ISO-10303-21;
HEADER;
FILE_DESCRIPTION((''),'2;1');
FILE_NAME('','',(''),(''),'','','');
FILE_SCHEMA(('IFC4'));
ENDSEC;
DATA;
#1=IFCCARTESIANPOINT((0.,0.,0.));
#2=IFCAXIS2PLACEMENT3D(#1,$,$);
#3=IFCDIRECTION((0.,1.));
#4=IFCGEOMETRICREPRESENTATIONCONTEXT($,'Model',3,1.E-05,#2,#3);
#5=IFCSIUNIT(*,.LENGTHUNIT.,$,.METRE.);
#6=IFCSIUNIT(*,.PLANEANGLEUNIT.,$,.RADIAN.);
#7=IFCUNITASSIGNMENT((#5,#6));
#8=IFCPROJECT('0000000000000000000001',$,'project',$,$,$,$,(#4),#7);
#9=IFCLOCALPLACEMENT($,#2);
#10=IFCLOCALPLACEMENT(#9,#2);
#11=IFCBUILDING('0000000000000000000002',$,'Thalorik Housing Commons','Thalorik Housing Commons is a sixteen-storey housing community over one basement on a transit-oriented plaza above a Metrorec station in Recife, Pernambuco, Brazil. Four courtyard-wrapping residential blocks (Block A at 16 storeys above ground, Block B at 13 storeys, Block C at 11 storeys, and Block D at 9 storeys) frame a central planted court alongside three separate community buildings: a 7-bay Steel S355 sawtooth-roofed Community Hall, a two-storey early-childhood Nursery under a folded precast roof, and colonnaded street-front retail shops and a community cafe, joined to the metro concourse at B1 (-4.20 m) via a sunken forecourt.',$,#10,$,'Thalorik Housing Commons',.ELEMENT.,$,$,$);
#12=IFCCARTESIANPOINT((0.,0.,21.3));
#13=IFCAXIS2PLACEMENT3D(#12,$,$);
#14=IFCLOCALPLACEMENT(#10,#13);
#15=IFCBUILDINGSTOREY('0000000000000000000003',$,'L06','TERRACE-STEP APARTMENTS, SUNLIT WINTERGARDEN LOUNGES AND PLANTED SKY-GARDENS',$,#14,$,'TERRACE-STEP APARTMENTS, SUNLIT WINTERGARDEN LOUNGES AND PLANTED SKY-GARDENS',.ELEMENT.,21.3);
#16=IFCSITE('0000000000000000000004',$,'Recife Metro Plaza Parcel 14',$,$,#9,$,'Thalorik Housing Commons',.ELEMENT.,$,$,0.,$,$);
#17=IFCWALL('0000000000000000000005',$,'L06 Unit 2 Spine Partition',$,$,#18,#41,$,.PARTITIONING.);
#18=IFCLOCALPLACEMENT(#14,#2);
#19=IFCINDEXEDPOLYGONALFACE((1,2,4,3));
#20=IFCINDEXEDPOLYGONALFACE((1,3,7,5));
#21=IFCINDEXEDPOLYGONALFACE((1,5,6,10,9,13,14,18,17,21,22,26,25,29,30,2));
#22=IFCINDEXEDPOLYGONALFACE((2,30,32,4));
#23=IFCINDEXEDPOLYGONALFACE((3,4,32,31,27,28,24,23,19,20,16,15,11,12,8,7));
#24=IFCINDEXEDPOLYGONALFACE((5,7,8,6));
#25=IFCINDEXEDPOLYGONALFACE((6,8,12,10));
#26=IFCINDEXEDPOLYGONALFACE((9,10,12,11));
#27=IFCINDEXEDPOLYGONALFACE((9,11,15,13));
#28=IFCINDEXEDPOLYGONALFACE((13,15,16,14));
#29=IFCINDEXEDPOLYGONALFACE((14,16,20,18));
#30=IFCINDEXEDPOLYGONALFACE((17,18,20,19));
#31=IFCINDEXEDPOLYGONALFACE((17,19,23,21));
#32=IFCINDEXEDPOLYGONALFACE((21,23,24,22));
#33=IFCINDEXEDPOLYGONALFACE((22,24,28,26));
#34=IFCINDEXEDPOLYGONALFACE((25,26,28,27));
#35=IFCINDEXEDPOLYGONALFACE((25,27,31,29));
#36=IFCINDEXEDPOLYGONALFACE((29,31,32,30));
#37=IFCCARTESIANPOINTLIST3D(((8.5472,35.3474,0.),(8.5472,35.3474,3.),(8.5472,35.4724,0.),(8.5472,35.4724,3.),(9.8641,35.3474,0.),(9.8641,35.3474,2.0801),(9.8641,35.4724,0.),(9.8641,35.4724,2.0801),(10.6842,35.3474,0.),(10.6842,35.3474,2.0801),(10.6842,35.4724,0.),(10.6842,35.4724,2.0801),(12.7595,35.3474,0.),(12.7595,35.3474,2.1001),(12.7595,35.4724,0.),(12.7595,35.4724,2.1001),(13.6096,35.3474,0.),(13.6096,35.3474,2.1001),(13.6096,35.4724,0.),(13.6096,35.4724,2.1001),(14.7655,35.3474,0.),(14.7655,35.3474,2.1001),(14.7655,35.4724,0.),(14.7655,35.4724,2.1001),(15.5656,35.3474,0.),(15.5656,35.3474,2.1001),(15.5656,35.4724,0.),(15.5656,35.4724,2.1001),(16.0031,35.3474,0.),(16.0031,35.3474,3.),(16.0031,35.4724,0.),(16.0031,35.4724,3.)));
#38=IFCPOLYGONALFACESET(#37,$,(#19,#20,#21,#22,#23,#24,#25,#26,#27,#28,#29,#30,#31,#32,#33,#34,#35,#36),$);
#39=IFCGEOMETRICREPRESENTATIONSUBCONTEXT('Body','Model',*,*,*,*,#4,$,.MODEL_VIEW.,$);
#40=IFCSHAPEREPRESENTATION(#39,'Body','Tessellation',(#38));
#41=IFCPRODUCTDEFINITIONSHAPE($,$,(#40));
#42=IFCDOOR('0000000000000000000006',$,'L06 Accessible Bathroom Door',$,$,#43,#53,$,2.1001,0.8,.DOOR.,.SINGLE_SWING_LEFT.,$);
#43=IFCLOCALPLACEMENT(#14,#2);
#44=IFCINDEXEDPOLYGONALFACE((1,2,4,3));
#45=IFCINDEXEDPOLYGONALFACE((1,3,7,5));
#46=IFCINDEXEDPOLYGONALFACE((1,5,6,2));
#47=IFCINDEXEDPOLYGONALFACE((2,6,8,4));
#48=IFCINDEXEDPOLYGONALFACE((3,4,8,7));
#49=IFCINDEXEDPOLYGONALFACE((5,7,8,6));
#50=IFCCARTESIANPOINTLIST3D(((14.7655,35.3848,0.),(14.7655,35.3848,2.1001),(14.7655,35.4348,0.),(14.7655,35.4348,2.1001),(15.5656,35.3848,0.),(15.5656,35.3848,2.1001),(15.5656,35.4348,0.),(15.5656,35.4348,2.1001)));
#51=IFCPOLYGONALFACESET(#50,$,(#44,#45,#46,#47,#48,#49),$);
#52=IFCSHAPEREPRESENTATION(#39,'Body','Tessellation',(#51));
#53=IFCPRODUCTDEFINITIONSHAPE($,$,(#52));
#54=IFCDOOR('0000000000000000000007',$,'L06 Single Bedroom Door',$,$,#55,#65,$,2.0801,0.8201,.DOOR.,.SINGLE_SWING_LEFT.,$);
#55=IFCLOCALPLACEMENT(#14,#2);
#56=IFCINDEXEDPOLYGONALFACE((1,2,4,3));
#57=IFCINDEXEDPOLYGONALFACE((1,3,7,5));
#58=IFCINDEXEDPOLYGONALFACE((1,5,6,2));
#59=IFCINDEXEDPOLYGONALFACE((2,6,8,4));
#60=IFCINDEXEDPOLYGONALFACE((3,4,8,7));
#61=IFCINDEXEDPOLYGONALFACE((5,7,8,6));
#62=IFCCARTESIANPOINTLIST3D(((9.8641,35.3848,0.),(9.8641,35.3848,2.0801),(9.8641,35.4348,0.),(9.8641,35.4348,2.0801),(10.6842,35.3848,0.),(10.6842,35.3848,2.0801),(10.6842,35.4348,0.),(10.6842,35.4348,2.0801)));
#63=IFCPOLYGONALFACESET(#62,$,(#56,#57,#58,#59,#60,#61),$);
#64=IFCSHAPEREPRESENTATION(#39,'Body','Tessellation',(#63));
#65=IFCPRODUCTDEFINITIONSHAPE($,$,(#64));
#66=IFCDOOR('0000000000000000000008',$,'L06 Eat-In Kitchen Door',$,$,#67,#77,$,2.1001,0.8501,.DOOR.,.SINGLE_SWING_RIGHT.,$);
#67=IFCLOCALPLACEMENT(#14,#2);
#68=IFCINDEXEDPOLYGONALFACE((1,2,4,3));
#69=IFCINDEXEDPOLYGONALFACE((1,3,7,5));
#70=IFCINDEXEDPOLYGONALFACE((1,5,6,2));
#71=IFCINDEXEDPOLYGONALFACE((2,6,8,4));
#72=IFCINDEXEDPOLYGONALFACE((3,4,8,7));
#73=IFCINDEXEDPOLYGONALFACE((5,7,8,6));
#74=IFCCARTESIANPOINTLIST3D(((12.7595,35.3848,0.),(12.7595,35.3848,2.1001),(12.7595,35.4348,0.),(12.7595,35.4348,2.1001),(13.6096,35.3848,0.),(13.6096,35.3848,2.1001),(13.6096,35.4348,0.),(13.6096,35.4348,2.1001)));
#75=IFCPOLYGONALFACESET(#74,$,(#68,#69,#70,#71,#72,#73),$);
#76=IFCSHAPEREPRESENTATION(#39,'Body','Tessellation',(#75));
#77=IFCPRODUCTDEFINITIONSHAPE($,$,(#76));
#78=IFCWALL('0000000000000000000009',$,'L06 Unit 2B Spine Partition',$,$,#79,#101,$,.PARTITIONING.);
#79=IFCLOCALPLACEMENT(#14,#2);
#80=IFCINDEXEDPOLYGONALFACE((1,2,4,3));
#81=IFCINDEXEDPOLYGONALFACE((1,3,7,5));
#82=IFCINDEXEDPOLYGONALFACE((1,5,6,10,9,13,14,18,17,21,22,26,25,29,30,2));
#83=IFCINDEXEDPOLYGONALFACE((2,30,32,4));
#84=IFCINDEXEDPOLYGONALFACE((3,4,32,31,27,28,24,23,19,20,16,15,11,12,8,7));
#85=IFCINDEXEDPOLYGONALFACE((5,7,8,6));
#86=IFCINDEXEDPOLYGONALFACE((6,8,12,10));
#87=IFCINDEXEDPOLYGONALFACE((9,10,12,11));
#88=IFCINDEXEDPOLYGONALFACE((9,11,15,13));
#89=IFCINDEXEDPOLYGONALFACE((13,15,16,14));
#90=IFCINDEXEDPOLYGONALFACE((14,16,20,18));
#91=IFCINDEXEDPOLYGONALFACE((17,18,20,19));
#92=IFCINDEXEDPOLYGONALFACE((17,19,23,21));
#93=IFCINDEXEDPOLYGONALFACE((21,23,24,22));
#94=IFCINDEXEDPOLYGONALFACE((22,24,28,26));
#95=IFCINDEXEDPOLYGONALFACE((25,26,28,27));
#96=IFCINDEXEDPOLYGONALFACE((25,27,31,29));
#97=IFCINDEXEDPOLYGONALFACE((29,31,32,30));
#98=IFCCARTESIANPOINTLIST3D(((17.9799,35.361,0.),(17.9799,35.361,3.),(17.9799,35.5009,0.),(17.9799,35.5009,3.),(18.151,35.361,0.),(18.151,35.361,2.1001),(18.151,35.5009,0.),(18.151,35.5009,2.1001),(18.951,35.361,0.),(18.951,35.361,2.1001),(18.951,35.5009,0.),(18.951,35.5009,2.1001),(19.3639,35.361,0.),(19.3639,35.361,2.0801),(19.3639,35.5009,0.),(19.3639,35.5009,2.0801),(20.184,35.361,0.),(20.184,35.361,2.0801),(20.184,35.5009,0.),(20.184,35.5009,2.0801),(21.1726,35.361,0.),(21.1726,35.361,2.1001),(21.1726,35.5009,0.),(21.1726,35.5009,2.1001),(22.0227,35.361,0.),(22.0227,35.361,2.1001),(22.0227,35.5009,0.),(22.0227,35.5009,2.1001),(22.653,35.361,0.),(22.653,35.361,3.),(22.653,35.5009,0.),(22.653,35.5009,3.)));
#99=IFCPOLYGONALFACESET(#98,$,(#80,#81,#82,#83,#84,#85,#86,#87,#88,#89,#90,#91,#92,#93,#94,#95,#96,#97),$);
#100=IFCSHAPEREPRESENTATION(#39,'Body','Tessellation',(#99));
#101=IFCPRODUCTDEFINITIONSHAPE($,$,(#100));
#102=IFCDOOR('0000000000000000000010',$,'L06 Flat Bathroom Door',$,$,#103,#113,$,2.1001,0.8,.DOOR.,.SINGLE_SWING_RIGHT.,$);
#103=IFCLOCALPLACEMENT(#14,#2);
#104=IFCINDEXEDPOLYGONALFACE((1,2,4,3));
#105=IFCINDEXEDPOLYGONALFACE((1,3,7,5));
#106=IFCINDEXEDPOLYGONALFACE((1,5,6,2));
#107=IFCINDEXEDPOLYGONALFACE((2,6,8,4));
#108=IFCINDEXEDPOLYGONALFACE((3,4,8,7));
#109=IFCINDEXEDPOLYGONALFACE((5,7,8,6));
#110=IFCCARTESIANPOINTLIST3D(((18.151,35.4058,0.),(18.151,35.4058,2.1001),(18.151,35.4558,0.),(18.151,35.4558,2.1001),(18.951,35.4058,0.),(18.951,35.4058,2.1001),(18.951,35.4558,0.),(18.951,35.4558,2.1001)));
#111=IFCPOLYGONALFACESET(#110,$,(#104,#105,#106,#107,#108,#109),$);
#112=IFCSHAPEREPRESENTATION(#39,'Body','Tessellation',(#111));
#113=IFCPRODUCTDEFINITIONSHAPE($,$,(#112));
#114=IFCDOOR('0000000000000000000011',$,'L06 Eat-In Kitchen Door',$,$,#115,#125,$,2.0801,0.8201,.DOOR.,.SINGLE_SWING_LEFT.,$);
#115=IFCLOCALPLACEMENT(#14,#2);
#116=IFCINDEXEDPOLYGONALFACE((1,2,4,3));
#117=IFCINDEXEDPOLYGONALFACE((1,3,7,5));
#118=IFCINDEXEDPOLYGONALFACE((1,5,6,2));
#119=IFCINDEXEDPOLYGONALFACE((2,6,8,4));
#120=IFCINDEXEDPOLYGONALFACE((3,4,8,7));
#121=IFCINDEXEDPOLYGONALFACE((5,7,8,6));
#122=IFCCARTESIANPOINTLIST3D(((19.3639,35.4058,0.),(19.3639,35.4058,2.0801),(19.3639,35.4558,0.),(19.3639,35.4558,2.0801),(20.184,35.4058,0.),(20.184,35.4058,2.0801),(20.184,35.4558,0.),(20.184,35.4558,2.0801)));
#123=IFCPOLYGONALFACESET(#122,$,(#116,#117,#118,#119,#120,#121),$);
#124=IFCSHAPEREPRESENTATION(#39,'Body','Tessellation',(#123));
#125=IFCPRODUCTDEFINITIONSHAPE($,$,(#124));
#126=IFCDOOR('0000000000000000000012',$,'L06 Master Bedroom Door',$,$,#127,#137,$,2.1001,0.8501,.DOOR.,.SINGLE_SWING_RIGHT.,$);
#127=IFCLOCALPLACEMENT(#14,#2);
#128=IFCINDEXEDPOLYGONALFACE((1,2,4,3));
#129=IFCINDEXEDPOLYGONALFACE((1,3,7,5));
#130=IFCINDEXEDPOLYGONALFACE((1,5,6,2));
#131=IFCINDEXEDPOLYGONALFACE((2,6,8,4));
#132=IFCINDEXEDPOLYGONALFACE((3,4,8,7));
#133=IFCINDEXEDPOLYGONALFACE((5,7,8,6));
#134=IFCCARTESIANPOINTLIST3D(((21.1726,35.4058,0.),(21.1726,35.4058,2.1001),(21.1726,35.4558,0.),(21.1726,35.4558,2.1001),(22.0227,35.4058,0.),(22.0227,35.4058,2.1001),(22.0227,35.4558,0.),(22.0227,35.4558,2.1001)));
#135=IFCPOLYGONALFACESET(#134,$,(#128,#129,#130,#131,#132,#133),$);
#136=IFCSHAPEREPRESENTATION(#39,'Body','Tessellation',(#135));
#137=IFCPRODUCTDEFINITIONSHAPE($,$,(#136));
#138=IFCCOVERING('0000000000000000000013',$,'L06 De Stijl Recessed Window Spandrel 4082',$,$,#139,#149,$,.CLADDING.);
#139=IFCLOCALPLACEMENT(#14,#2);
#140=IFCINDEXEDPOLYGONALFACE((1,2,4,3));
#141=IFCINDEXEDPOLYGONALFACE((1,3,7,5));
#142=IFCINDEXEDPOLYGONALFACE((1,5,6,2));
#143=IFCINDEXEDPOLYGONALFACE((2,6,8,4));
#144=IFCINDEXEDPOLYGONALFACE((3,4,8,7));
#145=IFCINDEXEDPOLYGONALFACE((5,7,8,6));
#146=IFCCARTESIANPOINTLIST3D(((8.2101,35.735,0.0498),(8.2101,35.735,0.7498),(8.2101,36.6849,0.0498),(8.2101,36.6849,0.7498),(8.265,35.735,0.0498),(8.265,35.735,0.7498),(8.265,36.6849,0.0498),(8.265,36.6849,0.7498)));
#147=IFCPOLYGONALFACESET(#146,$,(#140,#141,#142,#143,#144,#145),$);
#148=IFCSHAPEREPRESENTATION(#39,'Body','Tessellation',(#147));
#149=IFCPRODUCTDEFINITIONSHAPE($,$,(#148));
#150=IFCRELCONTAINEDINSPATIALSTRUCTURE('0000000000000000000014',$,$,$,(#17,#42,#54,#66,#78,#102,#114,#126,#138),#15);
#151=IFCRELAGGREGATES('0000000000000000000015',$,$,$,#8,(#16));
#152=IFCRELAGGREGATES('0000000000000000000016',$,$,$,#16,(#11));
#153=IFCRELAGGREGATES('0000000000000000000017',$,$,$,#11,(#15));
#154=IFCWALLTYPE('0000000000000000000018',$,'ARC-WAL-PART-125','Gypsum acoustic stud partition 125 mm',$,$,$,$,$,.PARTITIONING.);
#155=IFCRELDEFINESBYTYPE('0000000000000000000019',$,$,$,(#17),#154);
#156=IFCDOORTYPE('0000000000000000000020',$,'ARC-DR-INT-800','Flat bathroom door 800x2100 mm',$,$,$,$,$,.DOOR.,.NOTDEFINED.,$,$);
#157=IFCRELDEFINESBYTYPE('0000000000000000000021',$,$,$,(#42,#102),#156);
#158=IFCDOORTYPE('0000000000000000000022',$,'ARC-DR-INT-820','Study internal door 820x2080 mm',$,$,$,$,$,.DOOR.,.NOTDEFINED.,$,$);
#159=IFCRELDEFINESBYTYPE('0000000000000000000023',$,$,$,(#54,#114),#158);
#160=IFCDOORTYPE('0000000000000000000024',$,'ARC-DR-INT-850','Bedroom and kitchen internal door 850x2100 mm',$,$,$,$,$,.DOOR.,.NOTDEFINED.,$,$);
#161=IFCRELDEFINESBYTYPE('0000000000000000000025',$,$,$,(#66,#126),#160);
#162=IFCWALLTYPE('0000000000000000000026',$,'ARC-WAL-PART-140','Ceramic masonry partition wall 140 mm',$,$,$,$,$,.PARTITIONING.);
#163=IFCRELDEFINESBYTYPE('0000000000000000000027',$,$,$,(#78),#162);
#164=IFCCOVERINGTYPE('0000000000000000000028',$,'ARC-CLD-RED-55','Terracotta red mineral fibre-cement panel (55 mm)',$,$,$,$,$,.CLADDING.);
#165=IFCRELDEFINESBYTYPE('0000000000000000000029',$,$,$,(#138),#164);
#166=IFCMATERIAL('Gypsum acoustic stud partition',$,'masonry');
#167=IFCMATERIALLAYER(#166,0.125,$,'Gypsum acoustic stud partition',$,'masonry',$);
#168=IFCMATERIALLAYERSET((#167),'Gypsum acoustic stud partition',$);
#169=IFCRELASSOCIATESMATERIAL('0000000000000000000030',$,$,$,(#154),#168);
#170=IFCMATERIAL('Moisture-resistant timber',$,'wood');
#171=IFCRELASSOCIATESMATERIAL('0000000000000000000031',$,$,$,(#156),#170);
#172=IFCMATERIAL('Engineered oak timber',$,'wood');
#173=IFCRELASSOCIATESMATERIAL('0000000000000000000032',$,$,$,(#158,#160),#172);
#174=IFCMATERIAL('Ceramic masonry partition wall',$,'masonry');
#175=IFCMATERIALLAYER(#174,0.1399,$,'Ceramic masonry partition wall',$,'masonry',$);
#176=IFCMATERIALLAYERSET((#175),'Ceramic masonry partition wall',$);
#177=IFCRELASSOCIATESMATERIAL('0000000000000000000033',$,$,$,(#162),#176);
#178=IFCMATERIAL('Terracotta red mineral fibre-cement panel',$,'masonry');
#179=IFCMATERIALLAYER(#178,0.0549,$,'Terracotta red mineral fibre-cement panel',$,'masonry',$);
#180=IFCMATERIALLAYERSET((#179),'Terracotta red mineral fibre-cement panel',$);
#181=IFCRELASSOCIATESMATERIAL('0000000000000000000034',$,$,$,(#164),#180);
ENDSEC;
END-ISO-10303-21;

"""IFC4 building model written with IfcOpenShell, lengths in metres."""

from ifc_helpers import new_model, si_unit, direction, frame, frame_2d, origin, origin_2d, place, context, subcontext, project, spatial, rectangle, extrude, material, layer, layer_set, type_object, element, fill, save


model = new_model("IFC4")

# Units and contexts
model_context = context("Model", 3, precision=1e-05, world=origin(), true_north=direction((0.0, 1.0)))
body_context = subcontext(model_context, "Body", "Model", "MODEL_VIEW")
ifc_project = project(units=[si_unit("LENGTHUNIT", "METRE"), si_unit("PLANEANGLEUNIT", "RADIAN")], contexts=[model_context])

# Site, building, storey
site_placement = place(None, origin())
site = spatial("IfcSite", under=ifc_project, at=site_placement, Name="Recife Metro Plaza Parcel 14", LongName="Thalorik Housing Commons", CompositionType="ELEMENT", RefElevation=0.0)
building_placement = place(site_placement, origin())
building = spatial("IfcBuilding", under=site, at=building_placement, Name="Thalorik Housing Commons", Description="Thalorik Housing Commons is a sixteen-storey housing community over one basement on a transit-oriented plaza above a Metrorec station in Recife, Pernambuco, Brazil. Four courtyard-wrapping residential blocks (Block A at 16 storeys above ground, Block B at 13 storeys, Block C at 11 storeys, and Block D at 9 storeys) frame a central planted court alongside three separate community buildings: a 7-bay Steel S355 sawtooth-roofed Community Hall, a two-storey early-childhood Nursery under a folded precast roof, and colonnaded street-front retail shops and a community cafe, joined to the metro concourse at B1 (-4.20 m) via a sunken forecourt.", LongName="Thalorik Housing Commons", CompositionType="ELEMENT")
storey_placement = place(building_placement, frame((0.0, 0.0, 21.3)))
storey = spatial("IfcBuildingStorey", under=building, at=storey_placement, Name="L06", Description="TERRACE-STEP APARTMENTS, SUNLIT WINTERGARDEN LOUNGES AND PLANTED SKY-GARDENS", LongName="TERRACE-STEP APARTMENTS, SUNLIT WINTERGARDEN LOUNGES AND PLANTED SKY-GARDENS", CompositionType="ELEMENT", Elevation=21.3)

# Walls, openings, doors
ifc_material_1 = material(Name="Gypsum acoustic stud partition", Category="masonry")
ifc_layer_1 = layer(ifc_material_1, 0.125, Name="Gypsum acoustic stud partition", Category="masonry")
ifc_layer_set_1 = layer_set([ifc_layer_1], Name="Gypsum acoustic stud partition")
wall_type_1 = type_object("IfcWallType", Name="ARC-WAL-PART-125", Description="Gypsum acoustic stud partition 125 mm", PredefinedType="PARTITIONING", material=ifc_layer_set_1)
wall_1_placement = place(storey_placement, frame((8.5471, 35.4099, 0.0), z_axis=(0.0, 0.0, 1.0), x_axis=(1.0, 0.0, 0.0)))
wall_1 = element("IfcWall", 1, at=wall_1_placement, inside=storey, type_object=wall_type_1, Name="L06 Unit 2 Spine Partition", PredefinedType="PARTITIONING", context=body_context, shape_type="SweptSolid", body=[
    extrude(rectangle(XDim=7.4558, YDim=0.125, at=frame_2d((3.728, 0.0))), origin(), (0.0, 0.0, 1.0), 3.0),
])
opening_1_placement = place(wall_1_placement, frame((1.3169, 0.0, 0.0)))
opening_1 = element("IfcOpeningElement", 2, at=opening_1_placement, cuts=wall_1, PredefinedType="OPENING", context=body_context, shape_type="SweptSolid", body=[
    extrude(rectangle(XDim=0.8201, YDim=2.0801, at=frame_2d((0.4102, 1.04))), frame((0.0, 0.0725, 0.0), z_axis=(0.0, -1.0, 0.0), x_axis=(1.0, 0.0, 0.0)), (0.0, 0.0, 1.0), 0.145),
])
opening_2_placement = place(wall_1_placement, frame((4.2124, 0.0, 0.0)))
opening_2 = element("IfcOpeningElement", 3, at=opening_2_placement, cuts=wall_1, PredefinedType="OPENING", context=body_context, shape_type="SweptSolid", body=[
    extrude(rectangle(XDim=0.8501, YDim=2.1001, at=frame_2d((0.425, 1.05))), frame((0.0, 0.0725, 0.0), z_axis=(0.0, -1.0, 0.0), x_axis=(1.0, 0.0, 0.0)), (0.0, 0.0, 1.0), 0.145),
])
opening_3_placement = place(wall_1_placement, frame((6.2185, 0.0, 0.0)))
opening_3 = element("IfcOpeningElement", 4, at=opening_3_placement, cuts=wall_1, PredefinedType="OPENING", context=body_context, shape_type="SweptSolid", body=[
    extrude(rectangle(XDim=0.8, YDim=2.1001, at=frame_2d((0.3999, 1.05))), frame((0.0, 0.0725, 0.0), z_axis=(0.0, -1.0, 0.0), x_axis=(1.0, 0.0, 0.0)), (0.0, 0.0, 1.0), 0.145),
])
ifc_material_2 = material(Name="Moisture-resistant timber", Category="wood")
door_type_1 = type_object("IfcDoorType", Name="ARC-DR-INT-800", Description="Flat bathroom door 800x2100 mm", OperationType="NOTDEFINED", PredefinedType="DOOR", material=ifc_material_2)
door_1_placement = place(opening_3_placement, origin())
door_1 = element("IfcDoor", 5, at=door_1_placement, inside=storey, type_object=door_type_1, Name="L06 Accessible Bathroom Door", OperationType="SINGLE_SWING_LEFT", OverallHeight=2.1001, OverallWidth=0.8, PredefinedType="DOOR", context=body_context, shape_type="SweptSolid", body=[
    extrude(rectangle(XDim=0.8, YDim=2.1001, at=frame_2d((0.3999, 1.05))), frame((0.0, 0.0249, 0.0), z_axis=(0.0, -1.0, 0.0), x_axis=(1.0, 0.0, 0.0)), (0.0, 0.0, 1.0), 0.05),
])
fill(opening_3, door_1)
ifc_material_3 = material(Name="Engineered oak timber", Category="wood")
door_type_2 = type_object("IfcDoorType", Name="ARC-DR-INT-820", Description="Study internal door 820x2080 mm", OperationType="NOTDEFINED", PredefinedType="DOOR", material=ifc_material_3)
door_2_placement = place(opening_1_placement, origin())
door_2 = element("IfcDoor", 6, at=door_2_placement, inside=storey, type_object=door_type_2, Name="L06 Single Bedroom Door", OperationType="SINGLE_SWING_LEFT", OverallHeight=2.0801, OverallWidth=0.8201, PredefinedType="DOOR", context=body_context, shape_type="SweptSolid", body=[
    extrude(rectangle(XDim=0.8201, YDim=2.0801, at=frame_2d((0.4102, 1.04))), frame((0.0, 0.0249, 0.0), z_axis=(0.0, -1.0, 0.0), x_axis=(1.0, 0.0, 0.0)), (0.0, 0.0, 1.0), 0.05),
])
fill(opening_1, door_2)
door_type_3 = type_object("IfcDoorType", Name="ARC-DR-INT-850", Description="Bedroom and kitchen internal door 850x2100 mm", OperationType="NOTDEFINED", PredefinedType="DOOR", material=ifc_material_3)
door_3_placement = place(opening_2_placement, origin())
door_3 = element("IfcDoor", 7, at=door_3_placement, inside=storey, type_object=door_type_3, Name="L06 Eat-In Kitchen Door", OperationType="SINGLE_SWING_RIGHT", OverallHeight=2.1001, OverallWidth=0.8501, PredefinedType="DOOR", context=body_context, shape_type="SweptSolid", body=[
    extrude(rectangle(XDim=0.8501, YDim=2.1001, at=frame_2d((0.425, 1.05))), frame((0.0, 0.0249, 0.0), z_axis=(0.0, -1.0, 0.0), x_axis=(1.0, 0.0, 0.0)), (0.0, 0.0, 1.0), 0.05),
])
fill(opening_2, door_3)
ifc_material_4 = material(Name="Ceramic masonry partition wall", Category="masonry")
ifc_layer_2 = layer(ifc_material_4, 0.1399, Name="Ceramic masonry partition wall", Category="masonry")
ifc_layer_set_2 = layer_set([ifc_layer_2], Name="Ceramic masonry partition wall")
wall_type_2 = type_object("IfcWallType", Name="ARC-WAL-PART-140", Description="Ceramic masonry partition wall 140 mm", PredefinedType="PARTITIONING", material=ifc_layer_set_2)
wall_2_placement = place(storey_placement, frame((17.98, 35.4309, 0.0), z_axis=(0.0, 0.0, 1.0), x_axis=(1.0, 0.0, 0.0)))
wall_2 = element("IfcWall", 8, at=wall_2_placement, inside=storey, type_object=wall_type_2, Name="L06 Unit 2B Spine Partition", PredefinedType="PARTITIONING", context=body_context, shape_type="SweptSolid", body=[
    extrude(rectangle(XDim=4.6731, YDim=0.1399, at=frame_2d((2.3364, 0.0))), origin(), (0.0, 0.0, 1.0), 3.0),
])
opening_4_placement = place(wall_2_placement, frame((0.1711, 0.0, 0.0)))
opening_4 = element("IfcOpeningElement", 9, at=opening_4_placement, cuts=wall_2, PredefinedType="OPENING", context=body_context, shape_type="SweptSolid", body=[
    extrude(rectangle(XDim=0.8, YDim=2.1001, at=frame_2d((0.3999, 1.05))), frame((0.0, 0.0801, 0.0), z_axis=(0.0, -1.0, 0.0), x_axis=(1.0, 0.0, 0.0)), (0.0, 0.0, 1.0), 0.1599),
])
opening_5_placement = place(wall_2_placement, frame((1.3838, 0.0, 0.0)))
opening_5 = element("IfcOpeningElement", 10, at=opening_5_placement, cuts=wall_2, PredefinedType="OPENING", context=body_context, shape_type="SweptSolid", body=[
    extrude(rectangle(XDim=0.8201, YDim=2.0801, at=frame_2d((0.4102, 1.04))), frame((0.0, 0.0801, 0.0), z_axis=(0.0, -1.0, 0.0), x_axis=(1.0, 0.0, 0.0)), (0.0, 0.0, 1.0), 0.1599),
])
opening_6_placement = place(wall_2_placement, frame((3.1926, 0.0, 0.0)))
opening_6 = element("IfcOpeningElement", 11, at=opening_6_placement, cuts=wall_2, PredefinedType="OPENING", context=body_context, shape_type="SweptSolid", body=[
    extrude(rectangle(XDim=0.8501, YDim=2.1001, at=frame_2d((0.425, 1.05))), frame((0.0, 0.0801, 0.0), z_axis=(0.0, -1.0, 0.0), x_axis=(1.0, 0.0, 0.0)), (0.0, 0.0, 1.0), 0.1599),
])
door_4_placement = place(opening_4_placement, origin())
door_4 = element("IfcDoor", 12, at=door_4_placement, inside=storey, type_object=door_type_1, Name="L06 Flat Bathroom Door", OperationType="SINGLE_SWING_RIGHT", OverallHeight=2.1001, OverallWidth=0.8, PredefinedType="DOOR", context=body_context, shape_type="SweptSolid", body=[
    extrude(rectangle(XDim=0.8, YDim=2.1001, at=frame_2d((0.3999, 1.05))), frame((0.0, 0.0249, 0.0), z_axis=(0.0, -1.0, 0.0), x_axis=(1.0, 0.0, 0.0)), (0.0, 0.0, 1.0), 0.05),
])
fill(opening_4, door_4)
door_5_placement = place(opening_5_placement, origin())
door_5 = element("IfcDoor", 13, at=door_5_placement, inside=storey, type_object=door_type_2, Name="L06 Eat-In Kitchen Door", OperationType="SINGLE_SWING_LEFT", OverallHeight=2.0801, OverallWidth=0.8201, PredefinedType="DOOR", context=body_context, shape_type="SweptSolid", body=[
    extrude(rectangle(XDim=0.8201, YDim=2.0801, at=frame_2d((0.4102, 1.04))), frame((0.0, 0.0249, 0.0), z_axis=(0.0, -1.0, 0.0), x_axis=(1.0, 0.0, 0.0)), (0.0, 0.0, 1.0), 0.05),
])
fill(opening_5, door_5)
door_6_placement = place(opening_6_placement, origin())
door_6 = element("IfcDoor", 14, at=door_6_placement, inside=storey, type_object=door_type_3, Name="L06 Master Bedroom Door", OperationType="SINGLE_SWING_RIGHT", OverallHeight=2.1001, OverallWidth=0.8501, PredefinedType="DOOR", context=body_context, shape_type="SweptSolid", body=[
    extrude(rectangle(XDim=0.8501, YDim=2.1001, at=frame_2d((0.425, 1.05))), frame((0.0, 0.0249, 0.0), z_axis=(0.0, -1.0, 0.0), x_axis=(1.0, 0.0, 0.0)), (0.0, 0.0, 1.0), 0.05),
])
fill(opening_6, door_6)

# Covering
ifc_material_5 = material(Name="Terracotta red mineral fibre-cement panel", Category="masonry")
ifc_layer_3 = layer(ifc_material_5, 0.0549, Name="Terracotta red mineral fibre-cement panel", Category="masonry")
ifc_layer_set_3 = layer_set([ifc_layer_3], Name="Terracotta red mineral fibre-cement panel")
covering_type = type_object("IfcCoveringType", Name="ARC-CLD-RED-55", Description="Terracotta red mineral fibre-cement panel (55 mm)", PredefinedType="CLADDING", material=ifc_layer_set_3)
covering_placement = place(storey_placement, frame((8.2375, 36.21, 0.0498), z_axis=(0.0, 0.0, 1.0), x_axis=(0.0, -1.0, 0.0)))
element("IfcCovering", 15, at=covering_placement, inside=storey, type_object=covering_type, Name="L06 De Stijl Recessed Window Spandrel 4082", PredefinedType="CLADDING", context=body_context, shape_type="SweptSolid", body=[
    extrude(rectangle(XDim=0.95, YDim=0.0549, at=origin_2d()), origin(), (0.0, 0.0, 1.0), 0.7),
])

save(model, "model.ifc")
